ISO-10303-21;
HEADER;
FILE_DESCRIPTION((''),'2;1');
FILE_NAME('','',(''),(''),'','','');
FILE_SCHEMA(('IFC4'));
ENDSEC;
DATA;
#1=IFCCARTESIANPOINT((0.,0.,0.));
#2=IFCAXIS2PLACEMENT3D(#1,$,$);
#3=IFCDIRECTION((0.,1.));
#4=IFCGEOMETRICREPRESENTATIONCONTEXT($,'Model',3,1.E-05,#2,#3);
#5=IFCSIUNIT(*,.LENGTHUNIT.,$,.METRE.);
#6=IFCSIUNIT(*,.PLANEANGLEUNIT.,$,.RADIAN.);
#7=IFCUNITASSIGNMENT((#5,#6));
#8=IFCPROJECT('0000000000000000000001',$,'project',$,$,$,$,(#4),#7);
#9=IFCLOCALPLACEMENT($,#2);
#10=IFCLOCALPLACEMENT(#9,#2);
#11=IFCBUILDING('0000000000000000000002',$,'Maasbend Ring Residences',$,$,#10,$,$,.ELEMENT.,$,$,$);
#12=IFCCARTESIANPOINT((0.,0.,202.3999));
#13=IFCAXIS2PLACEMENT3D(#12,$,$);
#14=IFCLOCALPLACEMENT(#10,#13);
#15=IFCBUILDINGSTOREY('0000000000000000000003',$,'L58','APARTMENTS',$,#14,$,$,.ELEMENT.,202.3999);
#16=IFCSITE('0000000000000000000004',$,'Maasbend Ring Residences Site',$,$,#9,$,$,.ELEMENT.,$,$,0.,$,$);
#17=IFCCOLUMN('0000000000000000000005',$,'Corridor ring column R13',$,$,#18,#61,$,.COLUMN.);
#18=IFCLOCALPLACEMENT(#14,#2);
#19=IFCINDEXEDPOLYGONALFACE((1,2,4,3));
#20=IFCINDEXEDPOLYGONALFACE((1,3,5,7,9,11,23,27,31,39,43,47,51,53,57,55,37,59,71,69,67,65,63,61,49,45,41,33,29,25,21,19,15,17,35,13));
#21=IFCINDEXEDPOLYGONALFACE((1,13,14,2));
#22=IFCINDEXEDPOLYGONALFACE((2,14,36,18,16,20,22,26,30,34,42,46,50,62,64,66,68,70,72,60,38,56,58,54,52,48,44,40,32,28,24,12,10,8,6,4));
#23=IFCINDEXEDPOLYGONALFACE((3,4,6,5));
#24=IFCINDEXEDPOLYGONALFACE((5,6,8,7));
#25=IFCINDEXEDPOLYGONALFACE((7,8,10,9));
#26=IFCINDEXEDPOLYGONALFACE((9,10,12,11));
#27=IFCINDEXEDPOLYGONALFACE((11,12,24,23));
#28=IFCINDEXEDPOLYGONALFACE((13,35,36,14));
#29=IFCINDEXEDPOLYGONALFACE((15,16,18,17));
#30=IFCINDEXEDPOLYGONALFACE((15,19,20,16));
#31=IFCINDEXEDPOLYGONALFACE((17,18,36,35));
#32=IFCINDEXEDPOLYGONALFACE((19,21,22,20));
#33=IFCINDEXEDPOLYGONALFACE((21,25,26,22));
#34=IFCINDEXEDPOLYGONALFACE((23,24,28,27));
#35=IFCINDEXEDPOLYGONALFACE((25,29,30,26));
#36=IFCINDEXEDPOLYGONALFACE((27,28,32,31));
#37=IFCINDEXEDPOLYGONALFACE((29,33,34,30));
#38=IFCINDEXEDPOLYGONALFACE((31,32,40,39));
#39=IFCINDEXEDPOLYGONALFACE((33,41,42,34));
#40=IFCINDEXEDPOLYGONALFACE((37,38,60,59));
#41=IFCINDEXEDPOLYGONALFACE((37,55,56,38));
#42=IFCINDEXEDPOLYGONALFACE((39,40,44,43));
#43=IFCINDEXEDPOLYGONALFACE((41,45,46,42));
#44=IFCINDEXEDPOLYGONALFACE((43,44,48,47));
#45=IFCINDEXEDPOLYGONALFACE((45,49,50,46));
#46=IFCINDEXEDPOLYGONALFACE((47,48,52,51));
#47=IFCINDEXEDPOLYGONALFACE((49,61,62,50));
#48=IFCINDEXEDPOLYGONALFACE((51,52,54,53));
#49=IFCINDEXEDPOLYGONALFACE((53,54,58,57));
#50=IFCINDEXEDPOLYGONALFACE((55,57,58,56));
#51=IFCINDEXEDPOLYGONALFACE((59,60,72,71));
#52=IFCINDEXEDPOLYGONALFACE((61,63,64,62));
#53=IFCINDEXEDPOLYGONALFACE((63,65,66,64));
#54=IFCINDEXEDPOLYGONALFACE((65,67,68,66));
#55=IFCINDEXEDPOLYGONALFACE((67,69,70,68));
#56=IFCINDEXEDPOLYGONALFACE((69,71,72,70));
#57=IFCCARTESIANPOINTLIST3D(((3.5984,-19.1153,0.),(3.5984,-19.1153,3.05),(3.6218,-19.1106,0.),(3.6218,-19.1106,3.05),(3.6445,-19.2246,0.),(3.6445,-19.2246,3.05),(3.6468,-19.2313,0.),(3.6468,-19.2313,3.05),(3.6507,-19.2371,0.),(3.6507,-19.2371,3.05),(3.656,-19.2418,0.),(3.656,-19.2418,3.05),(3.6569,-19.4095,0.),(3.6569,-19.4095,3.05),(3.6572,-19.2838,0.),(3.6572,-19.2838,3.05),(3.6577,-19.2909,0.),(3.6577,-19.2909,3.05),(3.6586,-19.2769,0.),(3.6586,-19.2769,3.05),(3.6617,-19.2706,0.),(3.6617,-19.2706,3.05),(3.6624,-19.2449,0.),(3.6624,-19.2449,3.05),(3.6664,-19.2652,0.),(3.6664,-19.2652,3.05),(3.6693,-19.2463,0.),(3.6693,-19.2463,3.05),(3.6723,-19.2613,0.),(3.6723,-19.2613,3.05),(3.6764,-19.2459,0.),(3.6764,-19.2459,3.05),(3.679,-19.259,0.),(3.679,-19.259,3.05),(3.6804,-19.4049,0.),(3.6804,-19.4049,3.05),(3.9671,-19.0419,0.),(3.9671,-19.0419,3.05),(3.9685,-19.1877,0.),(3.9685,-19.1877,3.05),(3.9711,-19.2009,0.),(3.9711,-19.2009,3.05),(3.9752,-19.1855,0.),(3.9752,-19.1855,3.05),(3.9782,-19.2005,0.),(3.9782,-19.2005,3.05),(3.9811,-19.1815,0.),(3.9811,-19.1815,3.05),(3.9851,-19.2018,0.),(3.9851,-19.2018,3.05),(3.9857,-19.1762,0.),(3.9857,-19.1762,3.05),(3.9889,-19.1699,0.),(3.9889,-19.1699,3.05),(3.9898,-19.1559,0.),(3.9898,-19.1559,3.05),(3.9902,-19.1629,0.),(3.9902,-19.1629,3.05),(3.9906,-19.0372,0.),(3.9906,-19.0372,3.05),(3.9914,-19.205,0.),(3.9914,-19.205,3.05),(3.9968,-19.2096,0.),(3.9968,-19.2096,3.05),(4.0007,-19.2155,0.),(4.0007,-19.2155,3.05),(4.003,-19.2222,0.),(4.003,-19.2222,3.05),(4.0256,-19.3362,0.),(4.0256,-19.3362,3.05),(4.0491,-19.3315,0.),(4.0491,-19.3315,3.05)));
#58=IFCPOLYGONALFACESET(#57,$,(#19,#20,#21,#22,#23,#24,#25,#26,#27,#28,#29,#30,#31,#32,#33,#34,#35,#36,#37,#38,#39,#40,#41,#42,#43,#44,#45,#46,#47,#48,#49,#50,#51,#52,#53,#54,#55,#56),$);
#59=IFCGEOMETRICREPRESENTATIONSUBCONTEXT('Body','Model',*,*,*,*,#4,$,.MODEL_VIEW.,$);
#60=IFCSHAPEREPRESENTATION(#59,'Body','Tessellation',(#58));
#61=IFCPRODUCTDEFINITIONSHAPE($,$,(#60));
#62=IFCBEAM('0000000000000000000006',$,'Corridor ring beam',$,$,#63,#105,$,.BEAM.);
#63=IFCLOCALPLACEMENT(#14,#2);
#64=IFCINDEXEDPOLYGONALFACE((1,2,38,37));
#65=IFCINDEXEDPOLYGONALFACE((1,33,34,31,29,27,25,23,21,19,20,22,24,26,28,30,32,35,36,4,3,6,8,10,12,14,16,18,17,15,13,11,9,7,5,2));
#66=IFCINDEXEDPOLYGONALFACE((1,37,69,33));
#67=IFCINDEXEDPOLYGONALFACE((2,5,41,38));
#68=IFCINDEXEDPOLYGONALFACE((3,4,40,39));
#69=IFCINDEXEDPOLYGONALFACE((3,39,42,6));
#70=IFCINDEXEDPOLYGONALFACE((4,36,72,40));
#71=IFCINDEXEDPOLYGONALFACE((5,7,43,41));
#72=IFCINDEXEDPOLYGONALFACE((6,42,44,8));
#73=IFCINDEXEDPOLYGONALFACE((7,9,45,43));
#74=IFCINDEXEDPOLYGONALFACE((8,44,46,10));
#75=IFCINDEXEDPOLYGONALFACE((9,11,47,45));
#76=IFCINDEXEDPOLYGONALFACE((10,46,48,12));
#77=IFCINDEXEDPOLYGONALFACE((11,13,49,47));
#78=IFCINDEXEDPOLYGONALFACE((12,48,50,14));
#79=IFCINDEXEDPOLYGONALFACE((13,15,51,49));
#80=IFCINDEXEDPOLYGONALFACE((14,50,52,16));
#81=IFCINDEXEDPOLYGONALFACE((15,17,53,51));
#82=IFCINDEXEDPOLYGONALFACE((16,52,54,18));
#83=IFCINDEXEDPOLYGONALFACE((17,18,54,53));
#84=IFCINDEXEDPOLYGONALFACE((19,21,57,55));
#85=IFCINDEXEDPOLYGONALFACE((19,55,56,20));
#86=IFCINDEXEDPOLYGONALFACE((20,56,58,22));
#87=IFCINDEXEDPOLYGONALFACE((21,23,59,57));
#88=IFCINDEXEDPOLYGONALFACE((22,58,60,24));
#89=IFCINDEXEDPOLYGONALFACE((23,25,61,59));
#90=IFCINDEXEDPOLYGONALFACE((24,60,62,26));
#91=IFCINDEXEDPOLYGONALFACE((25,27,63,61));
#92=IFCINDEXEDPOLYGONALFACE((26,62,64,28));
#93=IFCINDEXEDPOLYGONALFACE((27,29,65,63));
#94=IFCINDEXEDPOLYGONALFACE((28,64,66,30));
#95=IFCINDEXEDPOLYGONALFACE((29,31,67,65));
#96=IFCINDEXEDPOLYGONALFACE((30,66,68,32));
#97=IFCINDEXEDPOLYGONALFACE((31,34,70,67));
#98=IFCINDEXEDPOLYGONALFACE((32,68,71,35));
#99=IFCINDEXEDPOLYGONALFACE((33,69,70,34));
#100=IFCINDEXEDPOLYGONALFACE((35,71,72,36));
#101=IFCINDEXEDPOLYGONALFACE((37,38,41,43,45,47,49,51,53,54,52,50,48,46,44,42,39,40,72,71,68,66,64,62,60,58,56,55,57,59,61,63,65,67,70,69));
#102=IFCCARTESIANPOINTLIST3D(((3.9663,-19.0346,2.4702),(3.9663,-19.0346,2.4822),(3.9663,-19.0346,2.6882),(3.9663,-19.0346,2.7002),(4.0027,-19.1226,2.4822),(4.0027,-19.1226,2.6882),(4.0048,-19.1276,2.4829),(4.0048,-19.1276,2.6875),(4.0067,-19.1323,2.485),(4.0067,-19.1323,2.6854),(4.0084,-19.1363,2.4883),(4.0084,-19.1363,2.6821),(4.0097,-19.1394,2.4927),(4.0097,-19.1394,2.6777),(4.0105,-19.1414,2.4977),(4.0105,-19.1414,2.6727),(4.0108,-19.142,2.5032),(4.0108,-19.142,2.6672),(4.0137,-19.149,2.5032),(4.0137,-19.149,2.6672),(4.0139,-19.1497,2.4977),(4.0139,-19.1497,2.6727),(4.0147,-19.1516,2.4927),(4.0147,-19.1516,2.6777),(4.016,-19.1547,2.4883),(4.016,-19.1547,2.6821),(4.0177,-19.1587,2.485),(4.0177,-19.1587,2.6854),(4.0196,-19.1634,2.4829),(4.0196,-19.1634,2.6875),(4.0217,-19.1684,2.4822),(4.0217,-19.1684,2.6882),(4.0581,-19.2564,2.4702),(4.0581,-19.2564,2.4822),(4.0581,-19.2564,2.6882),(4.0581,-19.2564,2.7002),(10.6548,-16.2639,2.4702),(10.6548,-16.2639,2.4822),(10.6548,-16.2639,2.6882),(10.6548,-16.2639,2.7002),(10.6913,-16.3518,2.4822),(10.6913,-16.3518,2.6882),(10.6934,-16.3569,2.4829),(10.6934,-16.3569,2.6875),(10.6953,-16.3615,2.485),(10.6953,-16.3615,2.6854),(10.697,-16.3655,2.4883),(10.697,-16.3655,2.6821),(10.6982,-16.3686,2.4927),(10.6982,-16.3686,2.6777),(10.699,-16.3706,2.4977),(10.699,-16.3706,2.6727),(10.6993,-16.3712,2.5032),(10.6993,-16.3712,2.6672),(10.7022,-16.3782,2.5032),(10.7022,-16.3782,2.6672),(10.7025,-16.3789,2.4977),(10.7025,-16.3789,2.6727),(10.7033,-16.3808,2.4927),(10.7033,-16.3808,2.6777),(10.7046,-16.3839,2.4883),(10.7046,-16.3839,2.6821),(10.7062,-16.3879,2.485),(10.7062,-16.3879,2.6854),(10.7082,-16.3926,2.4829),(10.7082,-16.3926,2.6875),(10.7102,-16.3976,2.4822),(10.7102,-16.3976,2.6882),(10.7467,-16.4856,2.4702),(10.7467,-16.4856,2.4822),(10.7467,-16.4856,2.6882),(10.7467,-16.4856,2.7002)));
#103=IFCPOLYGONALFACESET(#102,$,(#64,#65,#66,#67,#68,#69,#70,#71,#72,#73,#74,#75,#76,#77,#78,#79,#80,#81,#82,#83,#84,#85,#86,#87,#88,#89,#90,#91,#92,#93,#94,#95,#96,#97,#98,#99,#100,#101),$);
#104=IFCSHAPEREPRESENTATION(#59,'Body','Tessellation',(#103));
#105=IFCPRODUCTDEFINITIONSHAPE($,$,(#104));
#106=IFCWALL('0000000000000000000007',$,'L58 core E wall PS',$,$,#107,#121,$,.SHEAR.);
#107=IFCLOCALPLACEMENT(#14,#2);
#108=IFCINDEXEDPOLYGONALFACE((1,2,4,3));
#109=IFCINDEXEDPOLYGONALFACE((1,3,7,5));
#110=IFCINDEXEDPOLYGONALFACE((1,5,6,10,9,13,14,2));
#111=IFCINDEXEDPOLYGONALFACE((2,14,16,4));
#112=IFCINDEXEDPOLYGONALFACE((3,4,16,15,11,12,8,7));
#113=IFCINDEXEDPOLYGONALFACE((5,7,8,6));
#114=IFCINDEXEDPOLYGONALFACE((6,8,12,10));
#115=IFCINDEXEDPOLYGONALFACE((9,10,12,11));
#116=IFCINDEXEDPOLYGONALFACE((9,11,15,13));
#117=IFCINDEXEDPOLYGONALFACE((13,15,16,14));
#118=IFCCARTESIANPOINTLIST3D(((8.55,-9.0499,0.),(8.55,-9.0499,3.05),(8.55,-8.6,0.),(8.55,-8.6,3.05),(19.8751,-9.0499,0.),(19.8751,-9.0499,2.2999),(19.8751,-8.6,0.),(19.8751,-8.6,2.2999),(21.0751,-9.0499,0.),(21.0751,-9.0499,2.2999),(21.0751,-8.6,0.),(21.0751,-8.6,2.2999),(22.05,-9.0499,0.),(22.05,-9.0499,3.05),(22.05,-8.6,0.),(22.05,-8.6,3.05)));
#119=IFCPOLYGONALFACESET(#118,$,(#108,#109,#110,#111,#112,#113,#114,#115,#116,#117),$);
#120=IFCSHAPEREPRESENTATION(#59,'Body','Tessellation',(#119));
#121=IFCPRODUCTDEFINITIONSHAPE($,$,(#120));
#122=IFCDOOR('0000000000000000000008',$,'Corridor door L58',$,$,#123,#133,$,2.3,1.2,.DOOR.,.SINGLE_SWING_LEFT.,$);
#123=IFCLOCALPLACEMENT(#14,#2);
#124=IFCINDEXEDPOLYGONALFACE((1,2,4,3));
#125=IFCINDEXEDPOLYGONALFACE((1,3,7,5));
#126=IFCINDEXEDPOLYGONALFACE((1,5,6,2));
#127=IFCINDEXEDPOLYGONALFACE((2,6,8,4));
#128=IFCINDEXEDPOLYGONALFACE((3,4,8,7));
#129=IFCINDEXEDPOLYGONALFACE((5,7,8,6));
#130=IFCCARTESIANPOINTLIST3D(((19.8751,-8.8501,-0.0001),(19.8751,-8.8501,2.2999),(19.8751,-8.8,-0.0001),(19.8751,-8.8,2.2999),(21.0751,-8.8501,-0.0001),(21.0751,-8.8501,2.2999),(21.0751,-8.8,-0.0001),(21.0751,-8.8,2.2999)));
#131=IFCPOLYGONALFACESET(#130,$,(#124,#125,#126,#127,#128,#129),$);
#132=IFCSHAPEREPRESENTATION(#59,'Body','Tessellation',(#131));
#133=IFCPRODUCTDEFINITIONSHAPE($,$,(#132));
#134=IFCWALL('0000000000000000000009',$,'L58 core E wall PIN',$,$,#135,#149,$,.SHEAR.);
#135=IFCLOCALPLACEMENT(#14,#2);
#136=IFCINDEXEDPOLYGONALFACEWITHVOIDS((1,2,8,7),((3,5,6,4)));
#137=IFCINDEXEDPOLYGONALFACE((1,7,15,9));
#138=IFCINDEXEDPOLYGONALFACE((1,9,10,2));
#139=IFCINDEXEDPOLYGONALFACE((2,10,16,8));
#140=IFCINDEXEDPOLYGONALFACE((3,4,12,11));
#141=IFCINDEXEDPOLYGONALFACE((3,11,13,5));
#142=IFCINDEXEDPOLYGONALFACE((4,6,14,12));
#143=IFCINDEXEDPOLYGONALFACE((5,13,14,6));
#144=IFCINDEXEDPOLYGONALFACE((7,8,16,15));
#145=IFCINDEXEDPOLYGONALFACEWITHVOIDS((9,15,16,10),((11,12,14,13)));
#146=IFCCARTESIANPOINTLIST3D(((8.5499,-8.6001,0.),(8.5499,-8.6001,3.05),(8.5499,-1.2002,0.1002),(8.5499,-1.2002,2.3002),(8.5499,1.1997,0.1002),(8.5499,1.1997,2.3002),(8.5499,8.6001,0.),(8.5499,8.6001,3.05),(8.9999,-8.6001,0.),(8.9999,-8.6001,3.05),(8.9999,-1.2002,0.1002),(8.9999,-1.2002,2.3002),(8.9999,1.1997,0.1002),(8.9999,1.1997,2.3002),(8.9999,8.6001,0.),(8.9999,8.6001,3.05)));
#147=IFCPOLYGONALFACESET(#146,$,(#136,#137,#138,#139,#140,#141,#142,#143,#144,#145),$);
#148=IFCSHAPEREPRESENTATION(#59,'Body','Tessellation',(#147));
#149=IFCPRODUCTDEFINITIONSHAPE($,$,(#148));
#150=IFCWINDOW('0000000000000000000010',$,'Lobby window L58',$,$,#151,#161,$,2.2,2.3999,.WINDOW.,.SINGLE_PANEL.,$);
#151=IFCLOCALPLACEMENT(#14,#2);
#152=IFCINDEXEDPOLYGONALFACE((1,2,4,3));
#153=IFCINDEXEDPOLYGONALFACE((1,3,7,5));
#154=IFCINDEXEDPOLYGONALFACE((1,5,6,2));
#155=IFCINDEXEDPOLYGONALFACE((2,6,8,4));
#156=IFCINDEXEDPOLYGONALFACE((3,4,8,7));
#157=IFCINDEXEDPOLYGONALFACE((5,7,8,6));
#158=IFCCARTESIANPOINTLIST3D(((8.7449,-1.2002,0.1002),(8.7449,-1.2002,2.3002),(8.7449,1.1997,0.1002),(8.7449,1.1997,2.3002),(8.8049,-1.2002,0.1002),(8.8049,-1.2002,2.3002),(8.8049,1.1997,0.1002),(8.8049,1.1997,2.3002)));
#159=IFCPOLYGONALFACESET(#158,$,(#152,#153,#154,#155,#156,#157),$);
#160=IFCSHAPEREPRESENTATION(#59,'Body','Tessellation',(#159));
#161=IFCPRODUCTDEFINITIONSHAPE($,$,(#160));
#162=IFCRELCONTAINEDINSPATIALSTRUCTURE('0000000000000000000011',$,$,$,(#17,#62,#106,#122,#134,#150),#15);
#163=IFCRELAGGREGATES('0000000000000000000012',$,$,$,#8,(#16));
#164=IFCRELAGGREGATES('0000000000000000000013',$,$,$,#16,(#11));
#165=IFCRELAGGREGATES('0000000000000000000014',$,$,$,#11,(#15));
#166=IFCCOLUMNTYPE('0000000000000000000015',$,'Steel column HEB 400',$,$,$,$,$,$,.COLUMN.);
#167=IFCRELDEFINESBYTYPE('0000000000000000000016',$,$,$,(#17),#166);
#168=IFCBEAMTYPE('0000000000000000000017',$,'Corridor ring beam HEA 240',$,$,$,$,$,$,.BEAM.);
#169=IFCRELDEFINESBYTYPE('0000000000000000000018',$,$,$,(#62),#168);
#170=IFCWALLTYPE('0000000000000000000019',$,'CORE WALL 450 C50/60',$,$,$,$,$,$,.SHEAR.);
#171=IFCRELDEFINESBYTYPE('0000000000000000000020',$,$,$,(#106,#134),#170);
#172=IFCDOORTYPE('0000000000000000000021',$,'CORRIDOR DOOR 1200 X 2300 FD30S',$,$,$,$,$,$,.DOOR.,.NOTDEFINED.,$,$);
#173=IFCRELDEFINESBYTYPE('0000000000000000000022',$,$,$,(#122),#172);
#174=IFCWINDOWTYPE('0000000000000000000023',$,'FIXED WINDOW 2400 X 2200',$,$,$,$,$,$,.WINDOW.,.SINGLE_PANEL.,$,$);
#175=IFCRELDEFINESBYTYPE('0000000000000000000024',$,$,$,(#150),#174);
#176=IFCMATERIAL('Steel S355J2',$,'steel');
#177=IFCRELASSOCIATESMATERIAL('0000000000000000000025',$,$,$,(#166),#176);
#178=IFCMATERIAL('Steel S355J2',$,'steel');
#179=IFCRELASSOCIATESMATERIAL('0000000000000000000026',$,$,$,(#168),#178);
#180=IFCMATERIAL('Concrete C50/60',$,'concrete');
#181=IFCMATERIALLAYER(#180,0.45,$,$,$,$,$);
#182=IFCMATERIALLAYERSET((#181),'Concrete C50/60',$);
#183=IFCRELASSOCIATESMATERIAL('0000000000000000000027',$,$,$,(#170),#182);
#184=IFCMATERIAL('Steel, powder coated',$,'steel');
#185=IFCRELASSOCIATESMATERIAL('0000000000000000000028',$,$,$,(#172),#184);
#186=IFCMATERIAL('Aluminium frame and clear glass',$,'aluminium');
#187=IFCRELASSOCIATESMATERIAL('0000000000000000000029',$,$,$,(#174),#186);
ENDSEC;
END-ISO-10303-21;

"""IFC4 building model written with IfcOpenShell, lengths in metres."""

from ifc_helpers import new_model, si_unit, direction, frame, frame_2d, origin, origin_2d, place, context, subcontext, project, spatial, rectangle, i_section, extrude, material, layer, layer_set, material_profile, profile_set, type_object, element, fill, save


model = new_model("IFC4")

# Units and contexts
model_context = context("Model", 3, precision=1e-05, world=origin(), true_north=direction((0.0, 1.0)))
body_context = subcontext(model_context, "Body", "Model", "MODEL_VIEW")
ifc_project = project(units=[si_unit("LENGTHUNIT", "METRE"), si_unit("PLANEANGLEUNIT", "RADIAN")], contexts=[model_context])

# Site, building, storey
site_placement = place(None, origin())
site = spatial("IfcSite", under=ifc_project, at=site_placement, Name="Maasbend Ring Residences Site", CompositionType="ELEMENT", RefElevation=0.0)
building_placement = place(site_placement, origin())
building = spatial("IfcBuilding", under=site, at=building_placement, Name="Maasbend Ring Residences", CompositionType="ELEMENT")
storey_placement = place(building_placement, frame((0.0, 0.0, 202.3999)))
storey = spatial("IfcBuildingStorey", under=building, at=storey_placement, Name="L58", Description="APARTMENTS", CompositionType="ELEMENT", Elevation=202.3999)

# Column
ifc_material_1 = material(Name="Steel S355J2", Category="steel")
ifc_material_profile_1 = material_profile(ifc_material_1, i_section(OverallWidth=0.3, OverallDepth=0.3999, WebThickness=0.0134, FlangeThickness=0.0239, FilletRadius=0.0271, at=origin_2d()), Name="HEB 400")
ifc_profile_set_1 = profile_set([ifc_material_profile_1], Name="Steel S355J2")
column_type = type_object("IfcColumnType", Name="Steel column HEB 400", PredefinedType="COLUMN", material=ifc_profile_set_1)
column_placement = place(storey_placement, frame((3.8237, -19.2234, 0.0), z_axis=(0.0, 0.0, 1.0), x_axis=(0.19509, -0.980785, 0.0)))
element("IfcColumn", 1, at=column_placement, inside=storey, type_object=column_type, Name="Corridor ring column R13", PredefinedType="COLUMN", context=body_context, shape_type="SweptSolid", body=[
    extrude(i_section(OverallWidth=0.3, OverallDepth=0.3999, WebThickness=0.0134, FlangeThickness=0.0239, FilletRadius=0.0271, at=origin_2d()), origin(), (0.0, 0.0, 1.0), 3.05),
])

# Beam
ifc_material_2 = material(Name="Steel S355J2", Category="steel")
ifc_material_profile_2 = material_profile(ifc_material_2, i_section(OverallWidth=0.24, OverallDepth=0.23, WebThickness=0.0076, FlangeThickness=0.012, FilletRadius=0.021, at=origin_2d()), Name="HEA 240")
ifc_profile_set_2 = profile_set([ifc_material_profile_2], Name="Steel S355J2")
beam_type = type_object("IfcBeamType", Name="Corridor ring beam HEA 240", PredefinedType="BEAM", material=ifc_profile_set_2)
beam_placement = place(storey_placement, frame((4.0122, -19.1455, 2.5852), z_axis=(0.923865, 0.382718, 0.0), x_axis=(-0.382718, 0.923865, 0.0)))
element("IfcBeam", 2, at=beam_placement, inside=storey, type_object=beam_type, Name="Corridor ring beam", PredefinedType="BEAM", context=body_context, shape_type="SweptSolid", body=[
    extrude(i_section(OverallWidth=0.24, OverallDepth=0.23, WebThickness=0.0076, FlangeThickness=0.012, FilletRadius=0.021, at=origin_2d()), origin(), (0.0, 0.0, 1.0), 7.2397),
])

# Wall, opening, door
ifc_material_3 = material(Name="Concrete C50/60", Category="concrete")
ifc_layer_1 = layer(ifc_material_3, 0.45)
ifc_layer_set_1 = layer_set([ifc_layer_1], Name="Concrete C50/60")
wall_type_1 = type_object("IfcWallType", Name="CORE WALL 450 C50/60", PredefinedType="SHEAR", material=ifc_layer_set_1)
wall_1_placement = place(storey_placement, frame((8.55, -8.825, 0.0), z_axis=(0.0, 0.0, 1.0), x_axis=(1.0, 0.0, 0.0)))
wall_1 = element("IfcWall", 3, at=wall_1_placement, inside=storey, type_object=wall_type_1, Name="L58 core E wall PS", PredefinedType="SHEAR", context=body_context, shape_type="SweptSolid", body=[
    extrude(rectangle(XDim=13.5, YDim=0.45, at=frame_2d((6.75, 0.0))), origin(), (0.0, 0.0, 1.0), 3.05),
])
opening_1_placement = place(wall_1_placement, frame((11.325, 0.0, 0.0)))
opening_1 = element("IfcOpeningElement", 4, at=opening_1_placement, cuts=wall_1, PredefinedType="OPENING", context=body_context, shape_type="SweptSolid", body=[
    extrude(rectangle(XDim=1.2, YDim=2.3, at=frame_2d((0.6001, 1.1499))), frame((0.0, 0.2349, 0.0), z_axis=(0.0, -1.0, 0.0), x_axis=(1.0, 0.0, 0.0)), (0.0, 0.0, 1.0), 0.47),
])
ifc_material_4 = material(Name="Steel, powder coated", Category="steel")
door_type_1 = type_object("IfcDoorType", Name="CORRIDOR DOOR 1200 X 2300 FD30S", OperationType="NOTDEFINED", PredefinedType="DOOR", material=ifc_material_4)
door_1_placement = place(opening_1_placement, origin())
door_1 = element("IfcDoor", 5, at=door_1_placement, inside=storey, type_object=door_type_1, Name="Corridor door L58", OperationType="SINGLE_SWING_LEFT", OverallHeight=2.3, OverallWidth=1.2, PredefinedType="DOOR", context=body_context, shape_type="SweptSolid", body=[
    extrude(rectangle(XDim=1.2, YDim=2.3, at=frame_2d((0.6001, 1.1499))), frame((0.0, 0.0249, 0.0), z_axis=(0.0, -1.0, 0.0), x_axis=(1.0, 0.0, 0.0)), (0.0, 0.0, 1.0), 0.05),
])
fill(opening_1, door_1)

# Wall, opening, window
wall_2_placement = place(storey_placement, frame((8.7749, -8.6001, 0.0), z_axis=(0.0, 0.0, 1.0), x_axis=(0.0, 1.0, 0.0)))
wall_2 = element("IfcWall", 6, at=wall_2_placement, inside=storey, type_object=wall_type_1, Name="L58 core E wall PIN", PredefinedType="SHEAR", context=body_context, shape_type="SweptSolid", body=[
    extrude(rectangle(XDim=17.2002, YDim=0.45, at=frame_2d((8.6001, 0.0))), origin(), (0.0, 0.0, 1.0), 3.05),
])
opening_2_placement = place(wall_2_placement, frame((7.3999, 0.0, 0.1001)))
opening_2 = element("IfcOpeningElement", 7, at=opening_2_placement, cuts=wall_2, PredefinedType="OPENING", context=body_context, shape_type="SweptSolid", body=[
    extrude(rectangle(XDim=2.3999, YDim=2.2, at=frame_2d((1.2, 1.1001))), frame((0.0, 0.2349, 0.0), z_axis=(0.0, -1.0, 0.0), x_axis=(1.0, 0.0, 0.0)), (0.0, 0.0, 1.0), 0.47),
])
ifc_material_5 = material(Name="Aluminium frame and clear glass", Category="aluminium")
window_type = type_object("IfcWindowType", Name="FIXED WINDOW 2400 X 2200", PartitioningType="SINGLE_PANEL", PredefinedType="WINDOW", material=ifc_material_5)
window_placement = place(opening_2_placement, origin())
window = element("IfcWindow", 8, at=window_placement, inside=storey, type_object=window_type, Name="Lobby window L58", OverallHeight=2.2, OverallWidth=2.3999, PartitioningType="SINGLE_PANEL", PredefinedType="WINDOW", context=body_context, shape_type="SweptSolid", body=[
    extrude(rectangle(XDim=2.3999, YDim=2.2, at=frame_2d((1.2, 1.1001))), frame((0.0, 0.03, 0.0), z_axis=(0.0, -1.0, 0.0), x_axis=(1.0, 0.0, 0.0)), (0.0, 0.0, 1.0), 0.0601),
])
fill(opening_2, window)

save(model, "model.ifc")
